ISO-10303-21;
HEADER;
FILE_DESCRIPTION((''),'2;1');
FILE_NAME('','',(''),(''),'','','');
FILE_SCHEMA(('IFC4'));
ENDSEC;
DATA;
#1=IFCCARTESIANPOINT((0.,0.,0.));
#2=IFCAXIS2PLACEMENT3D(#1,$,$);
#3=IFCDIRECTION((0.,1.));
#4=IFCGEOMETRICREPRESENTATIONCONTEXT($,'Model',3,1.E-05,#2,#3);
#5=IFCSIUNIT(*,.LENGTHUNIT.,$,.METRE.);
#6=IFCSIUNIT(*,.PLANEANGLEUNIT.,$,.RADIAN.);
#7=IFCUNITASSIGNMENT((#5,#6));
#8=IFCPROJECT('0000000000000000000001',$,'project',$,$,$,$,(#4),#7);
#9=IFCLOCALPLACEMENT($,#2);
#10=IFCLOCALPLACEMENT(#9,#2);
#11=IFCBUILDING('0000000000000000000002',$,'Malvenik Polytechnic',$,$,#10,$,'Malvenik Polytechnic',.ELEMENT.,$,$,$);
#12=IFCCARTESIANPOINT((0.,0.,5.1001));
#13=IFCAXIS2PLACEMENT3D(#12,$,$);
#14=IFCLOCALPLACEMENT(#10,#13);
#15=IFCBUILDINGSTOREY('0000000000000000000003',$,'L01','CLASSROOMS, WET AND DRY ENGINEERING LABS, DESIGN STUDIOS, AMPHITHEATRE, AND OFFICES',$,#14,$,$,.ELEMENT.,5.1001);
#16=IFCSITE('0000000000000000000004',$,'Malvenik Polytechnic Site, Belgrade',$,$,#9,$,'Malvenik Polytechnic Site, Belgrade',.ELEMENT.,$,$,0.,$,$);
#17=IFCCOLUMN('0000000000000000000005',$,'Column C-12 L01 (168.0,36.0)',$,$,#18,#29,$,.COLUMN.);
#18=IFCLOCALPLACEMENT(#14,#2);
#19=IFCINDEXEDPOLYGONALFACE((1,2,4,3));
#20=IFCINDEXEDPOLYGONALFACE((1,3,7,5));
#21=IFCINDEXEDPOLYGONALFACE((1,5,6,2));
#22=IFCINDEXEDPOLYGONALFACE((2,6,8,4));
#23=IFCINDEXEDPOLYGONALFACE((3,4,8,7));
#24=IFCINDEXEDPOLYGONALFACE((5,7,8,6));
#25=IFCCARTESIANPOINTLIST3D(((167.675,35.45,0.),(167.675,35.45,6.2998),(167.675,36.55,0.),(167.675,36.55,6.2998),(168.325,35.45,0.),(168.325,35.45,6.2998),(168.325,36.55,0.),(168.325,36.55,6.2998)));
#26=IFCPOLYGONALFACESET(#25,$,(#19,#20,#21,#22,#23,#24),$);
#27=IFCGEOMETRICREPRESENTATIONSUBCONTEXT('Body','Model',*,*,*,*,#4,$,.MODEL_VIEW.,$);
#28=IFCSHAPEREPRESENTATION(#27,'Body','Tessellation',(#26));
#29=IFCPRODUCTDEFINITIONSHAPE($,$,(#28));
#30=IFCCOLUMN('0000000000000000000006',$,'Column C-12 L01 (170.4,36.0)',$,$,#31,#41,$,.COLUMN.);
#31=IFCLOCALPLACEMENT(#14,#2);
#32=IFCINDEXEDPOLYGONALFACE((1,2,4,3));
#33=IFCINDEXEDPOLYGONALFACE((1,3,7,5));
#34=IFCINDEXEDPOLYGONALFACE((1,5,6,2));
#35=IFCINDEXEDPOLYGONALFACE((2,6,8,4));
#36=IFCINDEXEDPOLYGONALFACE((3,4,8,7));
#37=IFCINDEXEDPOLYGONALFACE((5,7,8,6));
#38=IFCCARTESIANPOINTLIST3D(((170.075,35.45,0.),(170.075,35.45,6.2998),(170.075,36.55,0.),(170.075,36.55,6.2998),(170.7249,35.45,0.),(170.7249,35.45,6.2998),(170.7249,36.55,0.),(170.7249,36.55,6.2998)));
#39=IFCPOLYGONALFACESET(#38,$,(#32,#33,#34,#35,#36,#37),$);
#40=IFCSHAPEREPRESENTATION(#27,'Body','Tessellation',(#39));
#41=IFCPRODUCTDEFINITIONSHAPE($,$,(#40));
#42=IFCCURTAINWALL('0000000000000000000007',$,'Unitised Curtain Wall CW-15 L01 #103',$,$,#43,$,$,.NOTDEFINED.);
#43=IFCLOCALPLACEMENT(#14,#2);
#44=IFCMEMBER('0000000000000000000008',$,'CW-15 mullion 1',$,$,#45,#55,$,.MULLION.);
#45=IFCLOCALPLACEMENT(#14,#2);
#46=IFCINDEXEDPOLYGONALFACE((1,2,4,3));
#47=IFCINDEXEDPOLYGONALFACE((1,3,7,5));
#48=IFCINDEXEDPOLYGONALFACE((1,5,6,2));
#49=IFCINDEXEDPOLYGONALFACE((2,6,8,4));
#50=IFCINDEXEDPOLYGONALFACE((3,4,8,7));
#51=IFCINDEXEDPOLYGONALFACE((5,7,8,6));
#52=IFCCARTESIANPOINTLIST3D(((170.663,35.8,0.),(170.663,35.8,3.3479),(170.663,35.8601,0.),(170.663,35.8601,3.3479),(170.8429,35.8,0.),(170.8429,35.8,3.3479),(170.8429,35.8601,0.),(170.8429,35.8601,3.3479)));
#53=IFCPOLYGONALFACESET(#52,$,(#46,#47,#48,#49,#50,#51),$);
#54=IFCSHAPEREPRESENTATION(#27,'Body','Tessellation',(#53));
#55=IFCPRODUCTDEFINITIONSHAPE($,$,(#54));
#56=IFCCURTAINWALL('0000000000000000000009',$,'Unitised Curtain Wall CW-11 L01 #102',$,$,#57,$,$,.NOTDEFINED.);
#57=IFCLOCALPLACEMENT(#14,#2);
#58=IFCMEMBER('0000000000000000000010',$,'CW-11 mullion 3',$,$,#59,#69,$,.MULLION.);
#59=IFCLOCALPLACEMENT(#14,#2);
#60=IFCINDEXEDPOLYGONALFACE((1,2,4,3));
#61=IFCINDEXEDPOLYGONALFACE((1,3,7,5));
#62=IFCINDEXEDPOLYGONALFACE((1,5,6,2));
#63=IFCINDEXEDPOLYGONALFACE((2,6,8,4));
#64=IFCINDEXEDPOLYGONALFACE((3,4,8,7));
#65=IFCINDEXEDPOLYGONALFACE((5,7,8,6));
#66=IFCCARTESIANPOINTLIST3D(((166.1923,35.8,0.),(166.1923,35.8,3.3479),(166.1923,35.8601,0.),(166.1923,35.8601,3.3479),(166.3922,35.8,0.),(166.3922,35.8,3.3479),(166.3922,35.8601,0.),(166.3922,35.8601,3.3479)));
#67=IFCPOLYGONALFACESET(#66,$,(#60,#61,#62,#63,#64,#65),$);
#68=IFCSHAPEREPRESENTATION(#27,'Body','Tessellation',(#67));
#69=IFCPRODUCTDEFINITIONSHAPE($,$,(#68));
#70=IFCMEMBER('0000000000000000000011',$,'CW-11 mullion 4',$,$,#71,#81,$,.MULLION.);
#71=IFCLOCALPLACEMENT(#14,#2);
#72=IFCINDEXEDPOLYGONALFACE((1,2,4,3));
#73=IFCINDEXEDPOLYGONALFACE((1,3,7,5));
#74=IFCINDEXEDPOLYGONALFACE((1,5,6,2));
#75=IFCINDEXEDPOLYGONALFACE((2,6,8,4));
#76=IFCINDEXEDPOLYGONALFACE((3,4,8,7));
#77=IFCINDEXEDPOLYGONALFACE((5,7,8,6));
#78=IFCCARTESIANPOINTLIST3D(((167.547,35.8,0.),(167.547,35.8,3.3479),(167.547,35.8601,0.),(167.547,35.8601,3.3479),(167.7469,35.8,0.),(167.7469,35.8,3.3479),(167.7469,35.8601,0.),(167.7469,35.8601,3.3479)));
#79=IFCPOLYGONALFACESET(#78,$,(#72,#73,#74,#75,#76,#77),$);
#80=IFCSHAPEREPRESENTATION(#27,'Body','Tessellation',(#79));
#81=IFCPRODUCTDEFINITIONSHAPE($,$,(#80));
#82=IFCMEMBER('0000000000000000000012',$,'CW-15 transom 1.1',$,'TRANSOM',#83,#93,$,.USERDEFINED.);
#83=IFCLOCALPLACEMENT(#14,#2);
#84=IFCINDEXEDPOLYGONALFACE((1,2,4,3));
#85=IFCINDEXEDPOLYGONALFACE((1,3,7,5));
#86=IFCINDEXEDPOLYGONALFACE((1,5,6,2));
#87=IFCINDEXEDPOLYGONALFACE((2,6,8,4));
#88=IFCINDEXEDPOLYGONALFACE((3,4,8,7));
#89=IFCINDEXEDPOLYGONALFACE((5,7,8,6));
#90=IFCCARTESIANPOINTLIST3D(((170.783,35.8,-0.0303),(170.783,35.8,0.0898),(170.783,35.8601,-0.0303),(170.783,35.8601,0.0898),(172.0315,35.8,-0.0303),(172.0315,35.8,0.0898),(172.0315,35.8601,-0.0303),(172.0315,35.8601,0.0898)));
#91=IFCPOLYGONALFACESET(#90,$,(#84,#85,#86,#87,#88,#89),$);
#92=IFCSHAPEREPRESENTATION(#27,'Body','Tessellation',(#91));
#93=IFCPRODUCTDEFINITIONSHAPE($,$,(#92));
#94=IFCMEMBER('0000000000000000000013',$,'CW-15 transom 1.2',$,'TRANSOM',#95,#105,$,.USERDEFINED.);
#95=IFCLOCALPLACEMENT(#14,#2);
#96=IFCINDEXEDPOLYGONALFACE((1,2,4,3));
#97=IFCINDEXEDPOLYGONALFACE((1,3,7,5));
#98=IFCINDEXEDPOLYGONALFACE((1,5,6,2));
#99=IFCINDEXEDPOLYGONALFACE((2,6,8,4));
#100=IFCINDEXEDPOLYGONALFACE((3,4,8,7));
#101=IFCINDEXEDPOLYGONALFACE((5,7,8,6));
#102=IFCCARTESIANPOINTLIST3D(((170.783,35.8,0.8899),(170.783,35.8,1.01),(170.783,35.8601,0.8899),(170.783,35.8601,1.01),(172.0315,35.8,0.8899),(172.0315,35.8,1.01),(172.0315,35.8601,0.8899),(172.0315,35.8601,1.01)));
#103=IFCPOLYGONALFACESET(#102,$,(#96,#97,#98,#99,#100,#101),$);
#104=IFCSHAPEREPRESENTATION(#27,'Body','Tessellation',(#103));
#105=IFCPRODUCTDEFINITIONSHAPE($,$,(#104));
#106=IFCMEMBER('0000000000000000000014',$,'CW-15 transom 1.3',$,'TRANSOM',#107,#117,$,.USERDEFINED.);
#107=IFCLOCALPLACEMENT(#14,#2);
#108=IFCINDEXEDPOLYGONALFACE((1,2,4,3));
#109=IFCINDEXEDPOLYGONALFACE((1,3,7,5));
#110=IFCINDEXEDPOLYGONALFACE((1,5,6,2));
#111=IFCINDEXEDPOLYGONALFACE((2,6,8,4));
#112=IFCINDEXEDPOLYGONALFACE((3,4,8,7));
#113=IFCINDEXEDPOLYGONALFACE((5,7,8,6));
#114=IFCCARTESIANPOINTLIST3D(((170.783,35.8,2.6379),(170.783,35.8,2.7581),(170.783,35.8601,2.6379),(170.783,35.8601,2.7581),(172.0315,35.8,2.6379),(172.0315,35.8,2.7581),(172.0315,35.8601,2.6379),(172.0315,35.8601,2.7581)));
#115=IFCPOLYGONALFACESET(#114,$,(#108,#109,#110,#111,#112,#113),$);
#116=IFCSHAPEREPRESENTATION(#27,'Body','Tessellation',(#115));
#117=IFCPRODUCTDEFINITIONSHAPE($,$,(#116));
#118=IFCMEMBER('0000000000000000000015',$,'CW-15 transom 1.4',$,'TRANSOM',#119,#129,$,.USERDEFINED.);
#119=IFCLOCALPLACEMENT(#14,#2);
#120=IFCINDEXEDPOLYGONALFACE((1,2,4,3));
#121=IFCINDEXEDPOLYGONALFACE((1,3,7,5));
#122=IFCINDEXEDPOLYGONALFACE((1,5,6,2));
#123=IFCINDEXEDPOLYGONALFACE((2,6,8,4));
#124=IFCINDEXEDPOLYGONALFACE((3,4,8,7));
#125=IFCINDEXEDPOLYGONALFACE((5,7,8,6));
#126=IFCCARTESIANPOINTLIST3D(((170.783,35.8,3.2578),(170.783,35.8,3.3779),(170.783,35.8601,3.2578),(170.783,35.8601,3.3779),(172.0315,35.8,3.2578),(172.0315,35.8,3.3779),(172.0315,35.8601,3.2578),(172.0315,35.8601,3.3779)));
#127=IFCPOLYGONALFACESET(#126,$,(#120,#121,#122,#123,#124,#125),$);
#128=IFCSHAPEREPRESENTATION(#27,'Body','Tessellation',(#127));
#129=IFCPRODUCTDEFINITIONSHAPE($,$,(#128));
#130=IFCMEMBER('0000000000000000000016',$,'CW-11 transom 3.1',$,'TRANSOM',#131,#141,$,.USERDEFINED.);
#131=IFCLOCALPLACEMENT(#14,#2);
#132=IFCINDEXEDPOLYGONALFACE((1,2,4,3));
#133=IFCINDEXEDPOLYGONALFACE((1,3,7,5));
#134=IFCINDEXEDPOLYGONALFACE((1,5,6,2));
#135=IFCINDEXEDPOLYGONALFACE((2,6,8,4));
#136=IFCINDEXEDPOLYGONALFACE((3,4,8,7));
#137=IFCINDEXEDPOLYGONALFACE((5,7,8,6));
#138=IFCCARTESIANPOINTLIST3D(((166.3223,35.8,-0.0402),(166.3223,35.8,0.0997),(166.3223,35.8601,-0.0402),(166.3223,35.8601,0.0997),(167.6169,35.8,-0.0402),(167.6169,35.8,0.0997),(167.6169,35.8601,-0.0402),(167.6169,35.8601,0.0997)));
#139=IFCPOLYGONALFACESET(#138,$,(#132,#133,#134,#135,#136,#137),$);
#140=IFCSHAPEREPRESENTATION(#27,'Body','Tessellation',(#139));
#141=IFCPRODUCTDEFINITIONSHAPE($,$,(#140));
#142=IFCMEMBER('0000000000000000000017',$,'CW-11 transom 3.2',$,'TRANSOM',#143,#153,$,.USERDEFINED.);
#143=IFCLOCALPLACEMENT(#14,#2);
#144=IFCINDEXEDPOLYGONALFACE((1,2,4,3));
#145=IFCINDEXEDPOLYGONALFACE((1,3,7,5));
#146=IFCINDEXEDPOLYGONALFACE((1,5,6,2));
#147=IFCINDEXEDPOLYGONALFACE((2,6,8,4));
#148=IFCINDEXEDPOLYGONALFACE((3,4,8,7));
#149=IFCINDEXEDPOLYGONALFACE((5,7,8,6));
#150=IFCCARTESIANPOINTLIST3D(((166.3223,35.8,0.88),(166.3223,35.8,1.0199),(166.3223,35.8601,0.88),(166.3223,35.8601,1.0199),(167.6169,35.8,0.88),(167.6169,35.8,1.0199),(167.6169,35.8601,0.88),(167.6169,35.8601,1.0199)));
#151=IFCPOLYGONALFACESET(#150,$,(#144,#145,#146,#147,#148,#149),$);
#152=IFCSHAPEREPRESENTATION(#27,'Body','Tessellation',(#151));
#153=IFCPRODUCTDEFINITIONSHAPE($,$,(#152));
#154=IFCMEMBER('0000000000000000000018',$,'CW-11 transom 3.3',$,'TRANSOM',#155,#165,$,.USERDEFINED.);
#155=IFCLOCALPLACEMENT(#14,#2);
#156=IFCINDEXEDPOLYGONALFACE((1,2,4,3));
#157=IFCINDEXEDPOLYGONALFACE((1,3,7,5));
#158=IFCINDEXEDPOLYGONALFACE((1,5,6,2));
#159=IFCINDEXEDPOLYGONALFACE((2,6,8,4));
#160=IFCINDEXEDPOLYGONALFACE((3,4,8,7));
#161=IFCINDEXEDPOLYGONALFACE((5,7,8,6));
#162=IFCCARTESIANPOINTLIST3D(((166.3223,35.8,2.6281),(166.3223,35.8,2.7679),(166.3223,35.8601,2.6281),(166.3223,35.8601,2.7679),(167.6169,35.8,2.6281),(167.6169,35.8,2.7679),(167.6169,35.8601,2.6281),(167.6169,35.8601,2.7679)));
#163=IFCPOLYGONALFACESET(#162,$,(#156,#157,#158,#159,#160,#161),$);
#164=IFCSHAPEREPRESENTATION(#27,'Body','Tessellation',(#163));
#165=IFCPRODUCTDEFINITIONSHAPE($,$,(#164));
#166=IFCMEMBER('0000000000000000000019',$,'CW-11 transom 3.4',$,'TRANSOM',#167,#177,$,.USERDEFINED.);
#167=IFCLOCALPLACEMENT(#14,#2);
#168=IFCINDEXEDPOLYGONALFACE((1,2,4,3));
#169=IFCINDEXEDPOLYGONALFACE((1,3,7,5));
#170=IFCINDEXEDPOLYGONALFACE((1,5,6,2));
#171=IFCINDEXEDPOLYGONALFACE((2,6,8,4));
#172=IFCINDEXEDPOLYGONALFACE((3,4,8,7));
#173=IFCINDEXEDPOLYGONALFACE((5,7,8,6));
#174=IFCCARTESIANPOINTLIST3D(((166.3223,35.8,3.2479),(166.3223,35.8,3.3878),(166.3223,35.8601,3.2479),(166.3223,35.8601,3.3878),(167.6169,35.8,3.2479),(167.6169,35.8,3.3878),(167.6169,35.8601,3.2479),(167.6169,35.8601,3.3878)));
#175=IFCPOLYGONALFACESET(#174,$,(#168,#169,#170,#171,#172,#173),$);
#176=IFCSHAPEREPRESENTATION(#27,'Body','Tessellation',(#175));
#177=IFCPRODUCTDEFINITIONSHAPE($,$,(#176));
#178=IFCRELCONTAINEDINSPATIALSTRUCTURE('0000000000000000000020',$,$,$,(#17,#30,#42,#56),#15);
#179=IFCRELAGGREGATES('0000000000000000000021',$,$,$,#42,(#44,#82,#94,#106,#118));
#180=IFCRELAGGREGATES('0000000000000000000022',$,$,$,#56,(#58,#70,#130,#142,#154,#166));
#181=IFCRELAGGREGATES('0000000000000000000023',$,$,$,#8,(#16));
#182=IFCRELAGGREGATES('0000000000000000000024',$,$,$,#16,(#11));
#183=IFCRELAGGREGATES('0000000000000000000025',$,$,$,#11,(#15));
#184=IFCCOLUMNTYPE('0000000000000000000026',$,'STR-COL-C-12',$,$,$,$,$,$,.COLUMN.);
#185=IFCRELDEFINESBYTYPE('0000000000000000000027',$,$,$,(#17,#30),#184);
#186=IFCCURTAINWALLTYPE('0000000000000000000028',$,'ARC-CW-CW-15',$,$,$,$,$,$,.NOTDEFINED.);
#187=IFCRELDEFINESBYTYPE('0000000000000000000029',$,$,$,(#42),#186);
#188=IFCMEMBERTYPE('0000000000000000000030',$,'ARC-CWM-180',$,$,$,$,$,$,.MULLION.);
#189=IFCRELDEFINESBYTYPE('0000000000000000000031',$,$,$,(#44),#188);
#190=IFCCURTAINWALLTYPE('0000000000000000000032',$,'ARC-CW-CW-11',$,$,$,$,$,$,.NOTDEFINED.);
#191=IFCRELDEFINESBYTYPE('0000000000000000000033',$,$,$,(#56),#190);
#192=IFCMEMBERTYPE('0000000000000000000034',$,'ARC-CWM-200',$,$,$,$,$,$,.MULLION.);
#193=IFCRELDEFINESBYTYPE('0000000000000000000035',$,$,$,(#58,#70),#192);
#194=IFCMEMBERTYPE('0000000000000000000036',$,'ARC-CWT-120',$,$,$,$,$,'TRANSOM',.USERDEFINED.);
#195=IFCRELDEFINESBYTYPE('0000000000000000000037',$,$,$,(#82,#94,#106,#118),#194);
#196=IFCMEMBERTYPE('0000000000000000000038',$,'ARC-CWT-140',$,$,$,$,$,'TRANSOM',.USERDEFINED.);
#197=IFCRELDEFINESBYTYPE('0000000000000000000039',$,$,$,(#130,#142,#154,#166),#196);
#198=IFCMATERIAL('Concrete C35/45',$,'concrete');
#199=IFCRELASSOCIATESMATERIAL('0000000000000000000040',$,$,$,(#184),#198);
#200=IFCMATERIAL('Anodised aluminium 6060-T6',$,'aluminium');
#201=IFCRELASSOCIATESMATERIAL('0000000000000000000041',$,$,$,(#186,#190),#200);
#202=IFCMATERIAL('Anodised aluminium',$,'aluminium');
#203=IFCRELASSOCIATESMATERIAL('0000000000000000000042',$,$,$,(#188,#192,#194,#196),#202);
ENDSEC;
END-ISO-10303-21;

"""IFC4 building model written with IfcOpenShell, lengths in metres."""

from ifc_helpers import new_model, si_unit, direction, frame, origin, origin_2d, place, context, subcontext, project, spatial, rectangle, extrude, material, material_profile, profile_set, type_object, element, aggregate, save


model = new_model("IFC4")

# Units and contexts
model_context = context("Model", 3, precision=1e-05, world=origin(), true_north=direction((0.0, 1.0)))
body_context = subcontext(model_context, "Body", "Model", "MODEL_VIEW")
ifc_project = project(units=[si_unit("LENGTHUNIT", "METRE"), si_unit("PLANEANGLEUNIT", "RADIAN")], contexts=[model_context])

# Site, building, storey
site_placement = place(None, origin())
site = spatial("IfcSite", under=ifc_project, at=site_placement, Name="Malvenik Polytechnic Site, Belgrade", LongName="Malvenik Polytechnic Site, Belgrade", CompositionType="ELEMENT", RefElevation=0.0)
building_placement = place(site_placement, origin())
building = spatial("IfcBuilding", under=site, at=building_placement, Name="Malvenik Polytechnic", LongName="Malvenik Polytechnic", CompositionType="ELEMENT")
storey_placement = place(building_placement, frame((0.0, 0.0, 5.1001)))
storey = spatial("IfcBuildingStorey", under=building, at=storey_placement, Name="L01", Description="CLASSROOMS, WET AND DRY ENGINEERING LABS, DESIGN STUDIOS, AMPHITHEATRE, AND OFFICES", CompositionType="ELEMENT", Elevation=5.1001)

# Columns
ifc_material_1 = material(Name="Concrete C35/45", Category="concrete")
ifc_material_profile_1 = material_profile(ifc_material_1, rectangle(XDim=0.6499, YDim=1.1001, at=origin_2d()), Name="RC COL 1100x650")
ifc_profile_set_1 = profile_set([ifc_material_profile_1], Name="Concrete C35/45")
column_type = type_object("IfcColumnType", Name="STR-COL-C-12", PredefinedType="COLUMN", material=ifc_profile_set_1)
for number, where, z_axis, x_axis, name in (
    (1, (168.0, 36.0, 0.0), (0.0, 0.0, 1.0), (1.0, 0.0, 0.0), "Column C-12 L01 (168.0,36.0)"),
    (2, (170.3999, 36.0, 0.0), (0.0, 0.0, 1.0), (1.0, 0.0, 0.0), "Column C-12 L01 (170.4,36.0)"),
):
    element("IfcColumn", number, at=place(storey_placement, frame(where, z_axis=z_axis, x_axis=x_axis)), inside=storey, type_object=column_type, Name=name, PredefinedType="COLUMN", context=body_context, shape_type="SweptSolid", body=[
        extrude(rectangle(XDim=0.6499, YDim=1.1001, at=origin_2d()), origin(), (0.0, 0.0, 1.0), 6.2998),
    ])

# Curtain wall, member
ifc_material_2 = material(Name="Anodised aluminium 6060-T6", Category="aluminium")
curtain_wall_type_1 = type_object("IfcCurtainWallType", Name="ARC-CW-CW-15", PredefinedType="NOTDEFINED", material=ifc_material_2)
curtain_wall_1_placement = place(storey_placement, origin())
curtain_wall_1 = element("IfcCurtainWall", 3, at=curtain_wall_1_placement, inside=storey, type_object=curtain_wall_type_1, Name="Unitised Curtain Wall CW-15 L01 #103", PredefinedType="NOTDEFINED")
ifc_material_3 = material(Name="Anodised aluminium", Category="aluminium")
ifc_material_profile_2 = material_profile(ifc_material_3, rectangle(XDim=0.0601, YDim=0.1799, at=origin_2d()), Name="ALU MULLION 60x180")
ifc_profile_set_2 = profile_set([ifc_material_profile_2], Name="Anodised aluminium")
member_type_1 = type_object("IfcMemberType", Name="ARC-CWM-180", PredefinedType="MULLION", material=ifc_profile_set_2)
member_1_placement = place(storey_placement, frame((170.7529, 35.8301, 0.0), z_axis=(0.0, 0.0, 1.0), x_axis=(0.0, 1.0, 0.0)))
member_1 = element("IfcMember", 4, at=member_1_placement, type_object=member_type_1, Name="CW-15 mullion 1", PredefinedType="MULLION", context=body_context, shape_type="SweptSolid", body=[
    extrude(rectangle(XDim=0.0601, YDim=0.1799, at=origin_2d()), origin(), (0.0, 0.0, 1.0), 3.3479),
])

# Curtain wall, members
curtain_wall_type_2 = type_object("IfcCurtainWallType", Name="ARC-CW-CW-11", PredefinedType="NOTDEFINED", material=ifc_material_2)
curtain_wall_2_placement = place(storey_placement, origin())
curtain_wall_2 = element("IfcCurtainWall", 5, at=curtain_wall_2_placement, inside=storey, type_object=curtain_wall_type_2, Name="Unitised Curtain Wall CW-11 L01 #102", PredefinedType="NOTDEFINED")
ifc_material_profile_3 = material_profile(ifc_material_3, rectangle(XDim=0.0601, YDim=0.2, at=origin_2d()), Name="ALU MULLION 60x200")
ifc_profile_set_3 = profile_set([ifc_material_profile_3], Name="Anodised aluminium")
member_type_2 = type_object("IfcMemberType", Name="ARC-CWM-200", PredefinedType="MULLION", material=ifc_profile_set_3)
member_2_placement = place(storey_placement, frame((166.2922, 35.8301, 0.0), z_axis=(0.0, 0.0, 1.0), x_axis=(0.0, 1.0, 0.0)))
member_2 = element("IfcMember", 6, at=member_2_placement, type_object=member_type_2, Name="CW-11 mullion 3", PredefinedType="MULLION", context=body_context, shape_type="SweptSolid", body=[
    extrude(rectangle(XDim=0.0601, YDim=0.2, at=origin_2d()), origin(), (0.0, 0.0, 1.0), 3.3479),
])
member_3_placement = place(storey_placement, frame((167.647, 35.8301, 0.0), z_axis=(0.0, 0.0, 1.0), x_axis=(0.0, 1.0, 0.0)))
member_3 = element("IfcMember", 7, at=member_3_placement, type_object=member_type_2, Name="CW-11 mullion 4", PredefinedType="MULLION", context=body_context, shape_type="SweptSolid", body=[
    extrude(rectangle(XDim=0.0601, YDim=0.2, at=origin_2d()), origin(), (0.0, 0.0, 1.0), 3.3479),
])

# Members
ifc_material_profile_4 = material_profile(ifc_material_3, rectangle(XDim=0.0601, YDim=0.1201, at=origin_2d()), Name="ALU TRANSOM 60x120")
ifc_profile_set_4 = profile_set([ifc_material_profile_4], Name="Anodised aluminium")
member_type_3 = type_object("IfcMemberType", Name="ARC-CWT-120", ElementType="TRANSOM", PredefinedType="USERDEFINED", material=ifc_profile_set_4)
member_4_placement = place(storey_placement, frame((170.783, 35.8301, 0.0298), z_axis=(1.0, 0.0, 0.0), x_axis=(0.0, 1.0, 0.0)))
member_4 = element("IfcMember", 8, at=member_4_placement, type_object=member_type_3, Name="CW-15 transom 1.1", ObjectType="TRANSOM", PredefinedType="USERDEFINED", context=body_context, shape_type="SweptSolid", body=[
    extrude(rectangle(XDim=0.0601, YDim=0.1201, at=origin_2d()), origin(), (0.0, 0.0, 1.0), 1.2485),
])
member_5_placement = place(storey_placement, frame((170.783, 35.8301, 0.95), z_axis=(1.0, 0.0, 0.0), x_axis=(0.0, 1.0, 0.0)))
member_5 = element("IfcMember", 9, at=member_5_placement, type_object=member_type_3, Name="CW-15 transom 1.2", ObjectType="TRANSOM", PredefinedType="USERDEFINED", context=body_context, shape_type="SweptSolid", body=[
    extrude(rectangle(XDim=0.0601, YDim=0.1201, at=origin_2d()), origin(), (0.0, 0.0, 1.0), 1.2485),
])
member_6_placement = place(storey_placement, frame((170.783, 35.8301, 2.698), z_axis=(1.0, 0.0, 0.0), x_axis=(0.0, 1.0, 0.0)))
member_6 = element("IfcMember", 10, at=member_6_placement, type_object=member_type_3, Name="CW-15 transom 1.3", ObjectType="TRANSOM", PredefinedType="USERDEFINED", context=body_context, shape_type="SweptSolid", body=[
    extrude(rectangle(XDim=0.0601, YDim=0.1201, at=origin_2d()), origin(), (0.0, 0.0, 1.0), 1.2485),
])
member_7_placement = place(storey_placement, frame((170.783, 35.8301, 3.3179), z_axis=(1.0, 0.0, 0.0), x_axis=(0.0, 1.0, 0.0)))
member_7 = element("IfcMember", 11, at=member_7_placement, type_object=member_type_3, Name="CW-15 transom 1.4", ObjectType="TRANSOM", PredefinedType="USERDEFINED", context=body_context, shape_type="SweptSolid", body=[
    extrude(rectangle(XDim=0.0601, YDim=0.1201, at=origin_2d()), origin(), (0.0, 0.0, 1.0), 1.2485),
])
aggregate(curtain_wall_1, [member_1, member_4, member_5, member_6, member_7])
ifc_material_profile_5 = material_profile(ifc_material_3, rectangle(XDim=0.0601, YDim=0.1399, at=origin_2d()), Name="ALU TRANSOM 60x140")
ifc_profile_set_5 = profile_set([ifc_material_profile_5], Name="Anodised aluminium")
member_type_4 = type_object("IfcMemberType", Name="ARC-CWT-140", ElementType="TRANSOM", PredefinedType="USERDEFINED", material=ifc_profile_set_5)
member_8_placement = place(storey_placement, frame((166.3223, 35.8301, 0.0298), z_axis=(1.0, 0.0, 0.0), x_axis=(0.0, 1.0, 0.0)))
member_8 = element("IfcMember", 12, at=member_8_placement, type_object=member_type_4, Name="CW-11 transom 3.1", ObjectType="TRANSOM", PredefinedType="USERDEFINED", context=body_context, shape_type="SweptSolid", body=[
    extrude(rectangle(XDim=0.0601, YDim=0.1399, at=origin_2d()), origin(), (0.0, 0.0, 1.0), 1.2947),
])
member_9_placement = place(storey_placement, frame((166.3223, 35.8301, 0.95), z_axis=(1.0, 0.0, 0.0), x_axis=(0.0, 1.0, 0.0)))
member_9 = element("IfcMember", 13, at=member_9_placement, type_object=member_type_4, Name="CW-11 transom 3.2", ObjectType="TRANSOM", PredefinedType="USERDEFINED", context=body_context, shape_type="SweptSolid", body=[
    extrude(rectangle(XDim=0.0601, YDim=0.1399, at=origin_2d()), origin(), (0.0, 0.0, 1.0), 1.2947),
])
member_10_placement = place(storey_placement, frame((166.3223, 35.8301, 2.698), z_axis=(1.0, 0.0, 0.0), x_axis=(0.0, 1.0, 0.0)))
member_10 = element("IfcMember", 14, at=member_10_placement, type_object=member_type_4, Name="CW-11 transom 3.3", ObjectType="TRANSOM", PredefinedType="USERDEFINED", context=body_context, shape_type="SweptSolid", body=[
    extrude(rectangle(XDim=0.0601, YDim=0.1399, at=origin_2d()), origin(), (0.0, 0.0, 1.0), 1.2947),
])
member_11_placement = place(storey_placement, frame((166.3223, 35.8301, 3.3179), z_axis=(1.0, 0.0, 0.0), x_axis=(0.0, 1.0, 0.0)))
member_11 = element("IfcMember", 15, at=member_11_placement, type_object=member_type_4, Name="CW-11 transom 3.4", ObjectType="TRANSOM", PredefinedType="USERDEFINED", context=body_context, shape_type="SweptSolid", body=[
    extrude(rectangle(XDim=0.0601, YDim=0.1399, at=origin_2d()), origin(), (0.0, 0.0, 1.0), 1.2947),
])

aggregate(curtain_wall_2, [member_2, member_3, member_8, member_9, member_10, member_11])

save(model, "model.ifc")
